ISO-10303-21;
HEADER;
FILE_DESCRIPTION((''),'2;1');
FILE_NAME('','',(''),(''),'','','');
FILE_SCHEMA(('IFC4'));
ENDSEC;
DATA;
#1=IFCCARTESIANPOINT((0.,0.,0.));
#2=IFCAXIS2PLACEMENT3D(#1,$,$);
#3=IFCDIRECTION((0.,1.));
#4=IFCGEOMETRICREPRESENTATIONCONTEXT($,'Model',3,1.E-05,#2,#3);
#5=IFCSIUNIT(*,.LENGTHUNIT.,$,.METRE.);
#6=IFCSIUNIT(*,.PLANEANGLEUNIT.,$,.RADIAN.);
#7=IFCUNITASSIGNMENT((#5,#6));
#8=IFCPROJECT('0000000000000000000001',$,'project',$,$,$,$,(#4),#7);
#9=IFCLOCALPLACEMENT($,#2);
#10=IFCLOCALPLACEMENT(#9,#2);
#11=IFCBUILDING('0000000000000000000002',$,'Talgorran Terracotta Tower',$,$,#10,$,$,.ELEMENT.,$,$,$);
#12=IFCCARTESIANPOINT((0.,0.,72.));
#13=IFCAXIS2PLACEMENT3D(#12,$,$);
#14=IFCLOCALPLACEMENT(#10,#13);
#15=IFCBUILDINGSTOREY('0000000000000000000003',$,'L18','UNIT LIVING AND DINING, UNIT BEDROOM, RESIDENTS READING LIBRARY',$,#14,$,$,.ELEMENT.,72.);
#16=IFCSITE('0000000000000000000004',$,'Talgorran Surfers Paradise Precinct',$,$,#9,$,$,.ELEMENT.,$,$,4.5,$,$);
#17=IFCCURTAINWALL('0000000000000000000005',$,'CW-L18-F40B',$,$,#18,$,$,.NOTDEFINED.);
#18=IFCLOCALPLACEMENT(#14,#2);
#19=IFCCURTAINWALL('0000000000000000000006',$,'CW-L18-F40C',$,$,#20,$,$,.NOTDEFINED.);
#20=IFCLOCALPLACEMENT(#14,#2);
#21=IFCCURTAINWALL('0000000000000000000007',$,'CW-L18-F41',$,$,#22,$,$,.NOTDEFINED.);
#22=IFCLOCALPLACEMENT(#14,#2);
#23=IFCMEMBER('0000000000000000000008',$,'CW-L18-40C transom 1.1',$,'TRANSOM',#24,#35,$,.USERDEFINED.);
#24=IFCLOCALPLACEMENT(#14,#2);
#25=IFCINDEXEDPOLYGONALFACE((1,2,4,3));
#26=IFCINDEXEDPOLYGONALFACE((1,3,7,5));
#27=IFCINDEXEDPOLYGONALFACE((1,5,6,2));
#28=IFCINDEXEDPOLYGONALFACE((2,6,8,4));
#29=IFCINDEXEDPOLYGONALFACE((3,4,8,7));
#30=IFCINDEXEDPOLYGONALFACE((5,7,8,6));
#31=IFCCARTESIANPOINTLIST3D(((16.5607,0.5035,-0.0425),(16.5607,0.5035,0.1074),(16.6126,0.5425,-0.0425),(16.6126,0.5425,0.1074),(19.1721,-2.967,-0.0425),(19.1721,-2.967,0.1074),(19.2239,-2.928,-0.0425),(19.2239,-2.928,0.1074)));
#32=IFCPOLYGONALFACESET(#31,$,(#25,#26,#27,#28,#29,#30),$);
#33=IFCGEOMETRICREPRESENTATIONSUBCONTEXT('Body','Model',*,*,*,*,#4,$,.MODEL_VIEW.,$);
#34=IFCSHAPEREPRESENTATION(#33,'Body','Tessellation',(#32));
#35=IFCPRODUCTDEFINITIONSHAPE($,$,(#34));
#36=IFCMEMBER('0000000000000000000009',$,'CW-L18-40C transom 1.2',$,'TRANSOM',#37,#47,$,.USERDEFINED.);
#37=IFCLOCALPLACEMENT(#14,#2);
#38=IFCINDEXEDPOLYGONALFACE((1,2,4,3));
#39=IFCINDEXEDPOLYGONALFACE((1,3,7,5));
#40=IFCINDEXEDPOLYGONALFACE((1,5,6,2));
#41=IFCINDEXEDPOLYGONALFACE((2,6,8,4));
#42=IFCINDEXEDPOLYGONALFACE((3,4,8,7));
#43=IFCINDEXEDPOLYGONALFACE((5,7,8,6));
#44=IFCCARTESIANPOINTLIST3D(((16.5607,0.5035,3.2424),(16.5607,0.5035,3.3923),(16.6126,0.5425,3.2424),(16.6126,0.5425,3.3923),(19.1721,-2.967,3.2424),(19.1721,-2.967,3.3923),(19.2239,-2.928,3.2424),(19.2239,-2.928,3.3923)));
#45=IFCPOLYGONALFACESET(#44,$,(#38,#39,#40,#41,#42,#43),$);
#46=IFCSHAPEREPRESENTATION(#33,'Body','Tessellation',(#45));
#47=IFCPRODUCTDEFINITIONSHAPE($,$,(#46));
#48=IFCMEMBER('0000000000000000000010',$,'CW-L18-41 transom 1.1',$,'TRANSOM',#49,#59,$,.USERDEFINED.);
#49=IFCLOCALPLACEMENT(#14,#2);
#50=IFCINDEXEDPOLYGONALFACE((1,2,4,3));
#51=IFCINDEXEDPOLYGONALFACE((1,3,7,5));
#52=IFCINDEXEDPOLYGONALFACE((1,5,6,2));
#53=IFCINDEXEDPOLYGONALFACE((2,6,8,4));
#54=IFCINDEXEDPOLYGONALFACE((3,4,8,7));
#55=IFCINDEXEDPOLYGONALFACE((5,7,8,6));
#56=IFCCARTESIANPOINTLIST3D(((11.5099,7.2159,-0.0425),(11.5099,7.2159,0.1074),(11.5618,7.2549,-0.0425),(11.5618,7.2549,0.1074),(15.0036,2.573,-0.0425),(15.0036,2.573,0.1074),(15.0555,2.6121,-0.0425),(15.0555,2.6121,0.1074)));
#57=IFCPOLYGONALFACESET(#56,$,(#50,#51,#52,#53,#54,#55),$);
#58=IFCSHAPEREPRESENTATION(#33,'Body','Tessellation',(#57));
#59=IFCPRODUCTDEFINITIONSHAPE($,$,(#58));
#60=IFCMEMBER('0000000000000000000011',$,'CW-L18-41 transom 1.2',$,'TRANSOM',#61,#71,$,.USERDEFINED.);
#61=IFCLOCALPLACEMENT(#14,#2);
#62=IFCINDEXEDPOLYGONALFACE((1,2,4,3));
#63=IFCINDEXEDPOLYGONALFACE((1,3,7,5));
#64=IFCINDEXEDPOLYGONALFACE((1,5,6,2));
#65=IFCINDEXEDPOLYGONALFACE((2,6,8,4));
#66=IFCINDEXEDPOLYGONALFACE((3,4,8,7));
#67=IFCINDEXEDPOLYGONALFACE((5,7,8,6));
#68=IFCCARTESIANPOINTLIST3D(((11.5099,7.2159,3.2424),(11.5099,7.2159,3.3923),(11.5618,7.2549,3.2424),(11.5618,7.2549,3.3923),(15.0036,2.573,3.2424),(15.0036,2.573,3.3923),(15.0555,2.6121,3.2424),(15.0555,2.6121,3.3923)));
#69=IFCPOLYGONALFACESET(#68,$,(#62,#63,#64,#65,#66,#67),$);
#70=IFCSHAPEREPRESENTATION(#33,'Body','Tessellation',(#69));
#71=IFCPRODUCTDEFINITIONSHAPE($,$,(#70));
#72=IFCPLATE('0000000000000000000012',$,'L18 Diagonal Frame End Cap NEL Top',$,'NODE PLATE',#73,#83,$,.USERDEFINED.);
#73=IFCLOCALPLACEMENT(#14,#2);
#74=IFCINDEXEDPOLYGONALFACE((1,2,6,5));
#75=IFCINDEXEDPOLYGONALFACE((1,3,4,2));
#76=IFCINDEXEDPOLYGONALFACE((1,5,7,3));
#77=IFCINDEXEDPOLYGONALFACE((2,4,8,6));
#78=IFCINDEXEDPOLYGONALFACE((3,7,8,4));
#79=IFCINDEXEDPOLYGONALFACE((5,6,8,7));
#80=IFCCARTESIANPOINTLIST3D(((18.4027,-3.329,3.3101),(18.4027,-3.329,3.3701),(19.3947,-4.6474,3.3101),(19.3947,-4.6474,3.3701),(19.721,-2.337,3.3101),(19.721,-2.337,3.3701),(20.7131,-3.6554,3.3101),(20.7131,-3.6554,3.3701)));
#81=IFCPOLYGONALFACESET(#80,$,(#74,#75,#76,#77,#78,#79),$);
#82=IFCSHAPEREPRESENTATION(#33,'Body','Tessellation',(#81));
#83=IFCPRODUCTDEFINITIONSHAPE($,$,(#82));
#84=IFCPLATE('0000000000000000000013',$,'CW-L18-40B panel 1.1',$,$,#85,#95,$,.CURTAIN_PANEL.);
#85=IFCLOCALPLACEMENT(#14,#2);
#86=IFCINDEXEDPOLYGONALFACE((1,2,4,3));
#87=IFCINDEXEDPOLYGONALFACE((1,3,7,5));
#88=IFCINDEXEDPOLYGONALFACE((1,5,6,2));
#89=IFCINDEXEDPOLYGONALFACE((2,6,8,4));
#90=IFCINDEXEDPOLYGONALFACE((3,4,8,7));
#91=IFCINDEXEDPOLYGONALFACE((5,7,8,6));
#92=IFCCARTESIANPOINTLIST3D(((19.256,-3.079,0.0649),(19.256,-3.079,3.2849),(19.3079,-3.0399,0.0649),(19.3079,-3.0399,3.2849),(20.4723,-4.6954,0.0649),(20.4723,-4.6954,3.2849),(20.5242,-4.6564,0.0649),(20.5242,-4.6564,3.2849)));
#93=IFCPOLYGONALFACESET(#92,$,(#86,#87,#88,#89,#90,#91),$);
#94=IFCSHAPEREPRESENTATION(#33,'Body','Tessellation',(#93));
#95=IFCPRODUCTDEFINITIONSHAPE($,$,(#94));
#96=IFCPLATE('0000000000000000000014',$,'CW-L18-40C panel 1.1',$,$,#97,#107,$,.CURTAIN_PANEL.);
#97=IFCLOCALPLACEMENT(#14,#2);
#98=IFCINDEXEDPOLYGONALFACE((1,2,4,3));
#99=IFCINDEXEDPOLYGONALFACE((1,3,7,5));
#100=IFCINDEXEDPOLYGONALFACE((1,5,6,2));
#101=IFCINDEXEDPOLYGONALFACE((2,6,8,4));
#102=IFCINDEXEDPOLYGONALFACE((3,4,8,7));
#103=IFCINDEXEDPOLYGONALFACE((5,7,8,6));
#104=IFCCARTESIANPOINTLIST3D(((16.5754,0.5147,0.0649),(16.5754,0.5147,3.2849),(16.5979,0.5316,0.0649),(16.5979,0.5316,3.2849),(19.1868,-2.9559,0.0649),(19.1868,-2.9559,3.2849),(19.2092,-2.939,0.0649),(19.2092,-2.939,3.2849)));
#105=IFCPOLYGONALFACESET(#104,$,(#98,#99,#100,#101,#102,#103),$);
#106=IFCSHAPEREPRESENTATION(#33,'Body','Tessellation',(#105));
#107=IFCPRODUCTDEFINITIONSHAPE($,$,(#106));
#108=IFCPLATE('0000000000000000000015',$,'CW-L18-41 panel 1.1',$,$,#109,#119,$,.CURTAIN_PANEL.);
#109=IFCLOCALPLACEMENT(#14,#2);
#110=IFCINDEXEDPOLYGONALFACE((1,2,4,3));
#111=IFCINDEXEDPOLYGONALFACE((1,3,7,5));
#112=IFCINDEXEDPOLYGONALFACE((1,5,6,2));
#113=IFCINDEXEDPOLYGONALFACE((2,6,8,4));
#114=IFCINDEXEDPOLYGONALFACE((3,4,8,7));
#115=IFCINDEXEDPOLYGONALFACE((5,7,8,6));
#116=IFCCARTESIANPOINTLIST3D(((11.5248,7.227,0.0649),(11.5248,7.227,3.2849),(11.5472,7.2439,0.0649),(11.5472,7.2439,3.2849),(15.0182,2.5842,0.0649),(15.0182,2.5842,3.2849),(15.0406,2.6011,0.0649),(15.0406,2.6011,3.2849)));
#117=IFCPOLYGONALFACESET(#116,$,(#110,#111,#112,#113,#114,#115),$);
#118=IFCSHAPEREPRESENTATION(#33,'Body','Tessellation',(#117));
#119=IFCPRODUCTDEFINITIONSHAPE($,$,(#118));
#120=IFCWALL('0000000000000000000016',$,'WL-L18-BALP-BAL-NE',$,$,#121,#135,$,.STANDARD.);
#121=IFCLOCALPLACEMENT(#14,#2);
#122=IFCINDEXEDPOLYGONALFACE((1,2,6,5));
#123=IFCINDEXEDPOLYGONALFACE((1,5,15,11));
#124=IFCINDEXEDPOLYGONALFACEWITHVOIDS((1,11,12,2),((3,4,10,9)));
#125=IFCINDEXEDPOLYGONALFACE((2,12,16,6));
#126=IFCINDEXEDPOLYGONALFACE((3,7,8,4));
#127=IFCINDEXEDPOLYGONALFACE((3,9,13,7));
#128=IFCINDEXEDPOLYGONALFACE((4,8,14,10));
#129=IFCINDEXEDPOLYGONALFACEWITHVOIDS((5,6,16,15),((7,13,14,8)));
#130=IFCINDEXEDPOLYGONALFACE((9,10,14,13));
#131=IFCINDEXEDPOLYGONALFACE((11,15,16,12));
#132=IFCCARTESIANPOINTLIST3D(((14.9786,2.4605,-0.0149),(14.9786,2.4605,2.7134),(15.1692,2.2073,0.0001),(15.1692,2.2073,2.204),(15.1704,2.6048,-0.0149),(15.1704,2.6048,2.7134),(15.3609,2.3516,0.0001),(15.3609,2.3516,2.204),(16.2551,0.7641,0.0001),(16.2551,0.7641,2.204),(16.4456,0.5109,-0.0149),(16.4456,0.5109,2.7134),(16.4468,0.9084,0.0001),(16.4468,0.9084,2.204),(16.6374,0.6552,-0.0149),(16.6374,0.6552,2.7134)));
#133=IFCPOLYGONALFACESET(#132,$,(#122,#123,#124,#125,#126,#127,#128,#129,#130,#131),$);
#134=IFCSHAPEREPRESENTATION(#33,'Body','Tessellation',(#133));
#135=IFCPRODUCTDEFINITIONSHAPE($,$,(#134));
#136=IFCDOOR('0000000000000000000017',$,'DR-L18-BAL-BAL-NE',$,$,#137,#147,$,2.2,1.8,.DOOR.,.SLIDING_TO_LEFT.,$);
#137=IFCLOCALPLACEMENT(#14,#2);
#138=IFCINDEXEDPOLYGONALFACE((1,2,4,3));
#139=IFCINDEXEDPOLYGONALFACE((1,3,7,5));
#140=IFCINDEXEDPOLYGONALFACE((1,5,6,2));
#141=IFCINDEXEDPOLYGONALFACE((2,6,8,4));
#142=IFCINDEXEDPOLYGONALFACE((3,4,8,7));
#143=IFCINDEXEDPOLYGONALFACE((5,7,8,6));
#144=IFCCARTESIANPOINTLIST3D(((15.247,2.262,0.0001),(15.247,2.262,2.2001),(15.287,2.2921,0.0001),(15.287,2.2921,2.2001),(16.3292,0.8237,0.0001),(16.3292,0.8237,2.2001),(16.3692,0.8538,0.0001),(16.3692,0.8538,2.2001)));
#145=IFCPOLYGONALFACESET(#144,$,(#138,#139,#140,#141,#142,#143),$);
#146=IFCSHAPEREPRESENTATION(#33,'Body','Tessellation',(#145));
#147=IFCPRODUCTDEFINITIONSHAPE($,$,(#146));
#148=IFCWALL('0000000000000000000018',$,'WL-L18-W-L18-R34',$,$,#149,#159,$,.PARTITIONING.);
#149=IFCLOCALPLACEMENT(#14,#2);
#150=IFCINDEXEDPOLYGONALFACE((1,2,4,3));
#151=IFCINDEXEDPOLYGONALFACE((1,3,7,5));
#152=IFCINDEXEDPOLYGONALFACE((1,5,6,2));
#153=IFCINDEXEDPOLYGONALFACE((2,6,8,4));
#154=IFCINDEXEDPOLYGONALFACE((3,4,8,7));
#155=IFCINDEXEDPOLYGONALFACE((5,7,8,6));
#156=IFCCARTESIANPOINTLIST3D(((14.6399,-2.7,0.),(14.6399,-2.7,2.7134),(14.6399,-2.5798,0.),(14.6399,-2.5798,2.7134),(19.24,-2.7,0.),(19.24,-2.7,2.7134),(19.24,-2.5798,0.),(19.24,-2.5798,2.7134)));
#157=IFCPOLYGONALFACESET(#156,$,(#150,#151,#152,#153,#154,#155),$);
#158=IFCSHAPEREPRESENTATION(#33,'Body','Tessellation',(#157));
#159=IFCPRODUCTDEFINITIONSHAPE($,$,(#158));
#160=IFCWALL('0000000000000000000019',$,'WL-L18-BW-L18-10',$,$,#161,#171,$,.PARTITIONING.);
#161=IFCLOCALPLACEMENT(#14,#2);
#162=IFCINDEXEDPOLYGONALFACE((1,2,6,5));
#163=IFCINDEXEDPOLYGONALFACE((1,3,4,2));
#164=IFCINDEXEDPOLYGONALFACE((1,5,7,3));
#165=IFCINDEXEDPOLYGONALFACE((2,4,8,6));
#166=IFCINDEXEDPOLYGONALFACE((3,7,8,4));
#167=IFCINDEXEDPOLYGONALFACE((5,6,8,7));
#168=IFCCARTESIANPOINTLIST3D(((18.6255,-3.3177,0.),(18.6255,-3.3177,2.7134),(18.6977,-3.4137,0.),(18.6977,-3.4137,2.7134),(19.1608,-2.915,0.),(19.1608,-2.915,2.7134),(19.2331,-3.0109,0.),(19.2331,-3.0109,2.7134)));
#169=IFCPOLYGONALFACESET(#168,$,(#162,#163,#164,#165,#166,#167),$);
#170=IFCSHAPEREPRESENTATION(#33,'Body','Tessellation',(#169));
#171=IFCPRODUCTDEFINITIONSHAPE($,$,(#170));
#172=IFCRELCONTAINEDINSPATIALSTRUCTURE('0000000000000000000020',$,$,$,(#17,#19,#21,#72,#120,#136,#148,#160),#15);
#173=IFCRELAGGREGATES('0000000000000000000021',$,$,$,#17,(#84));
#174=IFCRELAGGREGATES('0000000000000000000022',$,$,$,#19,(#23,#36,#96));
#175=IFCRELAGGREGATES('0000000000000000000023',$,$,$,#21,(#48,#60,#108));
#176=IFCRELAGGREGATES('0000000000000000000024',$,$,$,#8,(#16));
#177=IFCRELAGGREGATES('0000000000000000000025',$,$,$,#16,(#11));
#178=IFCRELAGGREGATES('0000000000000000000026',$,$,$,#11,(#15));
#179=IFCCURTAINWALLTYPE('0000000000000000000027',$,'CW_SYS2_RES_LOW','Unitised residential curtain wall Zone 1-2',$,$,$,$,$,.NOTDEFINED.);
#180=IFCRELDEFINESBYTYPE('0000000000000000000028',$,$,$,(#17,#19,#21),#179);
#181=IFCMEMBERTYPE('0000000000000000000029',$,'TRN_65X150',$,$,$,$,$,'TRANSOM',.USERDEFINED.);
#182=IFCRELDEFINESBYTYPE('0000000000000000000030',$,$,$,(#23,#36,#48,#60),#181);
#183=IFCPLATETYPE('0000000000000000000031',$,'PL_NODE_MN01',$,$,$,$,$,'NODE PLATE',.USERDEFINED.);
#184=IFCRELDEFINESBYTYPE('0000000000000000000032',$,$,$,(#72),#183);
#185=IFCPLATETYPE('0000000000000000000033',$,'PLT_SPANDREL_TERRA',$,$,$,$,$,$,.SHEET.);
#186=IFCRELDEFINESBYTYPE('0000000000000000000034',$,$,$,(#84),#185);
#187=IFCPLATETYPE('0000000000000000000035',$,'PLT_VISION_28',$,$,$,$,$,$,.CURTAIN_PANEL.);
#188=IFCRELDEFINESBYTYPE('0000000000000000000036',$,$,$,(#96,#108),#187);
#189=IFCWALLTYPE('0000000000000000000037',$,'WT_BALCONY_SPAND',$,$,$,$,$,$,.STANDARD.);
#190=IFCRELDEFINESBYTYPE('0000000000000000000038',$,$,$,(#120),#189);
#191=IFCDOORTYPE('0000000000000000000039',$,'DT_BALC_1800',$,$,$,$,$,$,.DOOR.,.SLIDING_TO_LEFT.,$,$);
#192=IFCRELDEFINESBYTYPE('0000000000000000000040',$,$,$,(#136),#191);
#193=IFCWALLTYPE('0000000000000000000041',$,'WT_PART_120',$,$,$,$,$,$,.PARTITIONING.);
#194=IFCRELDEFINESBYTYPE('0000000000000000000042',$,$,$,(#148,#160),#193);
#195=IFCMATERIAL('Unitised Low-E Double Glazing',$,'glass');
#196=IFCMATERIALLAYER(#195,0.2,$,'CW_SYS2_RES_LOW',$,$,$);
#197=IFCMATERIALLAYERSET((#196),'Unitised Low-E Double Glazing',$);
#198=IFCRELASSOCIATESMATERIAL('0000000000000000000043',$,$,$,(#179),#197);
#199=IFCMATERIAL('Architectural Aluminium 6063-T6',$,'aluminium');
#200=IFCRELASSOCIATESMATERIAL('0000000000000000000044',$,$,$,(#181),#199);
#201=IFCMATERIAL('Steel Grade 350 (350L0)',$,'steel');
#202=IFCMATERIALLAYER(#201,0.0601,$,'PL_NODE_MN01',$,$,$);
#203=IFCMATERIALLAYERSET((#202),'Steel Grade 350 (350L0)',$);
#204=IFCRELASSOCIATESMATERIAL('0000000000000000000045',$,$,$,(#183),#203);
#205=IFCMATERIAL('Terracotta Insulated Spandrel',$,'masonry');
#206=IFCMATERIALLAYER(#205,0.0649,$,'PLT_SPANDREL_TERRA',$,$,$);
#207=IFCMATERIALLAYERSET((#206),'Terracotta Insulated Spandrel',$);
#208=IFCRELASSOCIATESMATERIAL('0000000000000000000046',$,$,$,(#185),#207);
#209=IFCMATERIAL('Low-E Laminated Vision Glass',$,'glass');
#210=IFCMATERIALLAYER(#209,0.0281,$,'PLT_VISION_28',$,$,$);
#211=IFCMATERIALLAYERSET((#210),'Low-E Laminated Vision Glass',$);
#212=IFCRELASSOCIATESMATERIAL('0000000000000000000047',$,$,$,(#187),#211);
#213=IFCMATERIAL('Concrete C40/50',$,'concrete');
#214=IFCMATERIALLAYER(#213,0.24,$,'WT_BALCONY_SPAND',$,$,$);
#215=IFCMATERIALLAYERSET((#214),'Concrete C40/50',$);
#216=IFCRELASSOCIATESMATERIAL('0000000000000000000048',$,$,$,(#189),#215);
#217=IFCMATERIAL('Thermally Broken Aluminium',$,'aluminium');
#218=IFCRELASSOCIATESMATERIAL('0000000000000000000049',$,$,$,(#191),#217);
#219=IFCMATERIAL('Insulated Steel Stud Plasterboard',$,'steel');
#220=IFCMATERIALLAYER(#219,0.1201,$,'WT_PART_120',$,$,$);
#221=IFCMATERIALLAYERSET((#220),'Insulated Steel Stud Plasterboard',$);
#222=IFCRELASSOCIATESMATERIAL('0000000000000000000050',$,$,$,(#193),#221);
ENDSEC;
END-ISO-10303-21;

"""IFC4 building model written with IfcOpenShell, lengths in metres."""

from ifc_helpers import new_model, si_unit, direction, frame, frame_2d, origin, origin_2d, place, context, subcontext, project, spatial, rectangle, extrude, source, transform, mapped, material, layer, layer_set, material_profile, profile_set, type_object, type_shapes, element, fill, aggregate, save


model = new_model("IFC4")

# Units and contexts
model_context = context("Model", 3, precision=1e-05, world=origin(), true_north=direction((0.0, 1.0)))
body_context = subcontext(model_context, "Body", "Model", "MODEL_VIEW")
ifc_project = project(units=[si_unit("LENGTHUNIT", "METRE"), si_unit("PLANEANGLEUNIT", "RADIAN")], contexts=[model_context])

# Site, building, storey
site_placement = place(None, origin())
site = spatial("IfcSite", under=ifc_project, at=site_placement, Name="Talgorran Surfers Paradise Precinct", CompositionType="ELEMENT", RefElevation=4.5)
building_placement = place(site_placement, origin())
building = spatial("IfcBuilding", under=site, at=building_placement, Name="Talgorran Terracotta Tower", CompositionType="ELEMENT")
storey_placement = place(building_placement, frame((0.0, 0.0, 72.0)))
storey = spatial("IfcBuildingStorey", under=building, at=storey_placement, Name="L18", Description="UNIT LIVING AND DINING, UNIT BEDROOM, RESIDENTS READING LIBRARY", CompositionType="ELEMENT", Elevation=72.0)

# Shared definitions
ifc_material_1 = material(Name="Steel Grade 350 (350L0)", Category="steel")

# Curtain wall
ifc_material_2 = material(Name="Unitised Low-E Double Glazing", Category="glass")
ifc_layer_1 = layer(ifc_material_2, 0.2, Name="CW_SYS2_RES_LOW")
ifc_layer_set_1 = layer_set([ifc_layer_1], Name="Unitised Low-E Double Glazing")
curtain_wall_type = type_object("IfcCurtainWallType", Name="CW_SYS2_RES_LOW", Description="Unitised residential curtain wall Zone 1-2", PredefinedType="NOTDEFINED", material=ifc_layer_set_1)
curtain_wall_1_placement = place(storey_placement, origin())
curtain_wall_1 = element("IfcCurtainWall", 1, at=curtain_wall_1_placement, inside=storey, type_object=curtain_wall_type, Name="CW-L18-F40B", PredefinedType="NOTDEFINED")
ifc_material_3 = material(Name="Architectural Aluminium 6063-T6", Category="aluminium")

# Curtain wall
curtain_wall_2_placement = place(storey_placement, origin())
curtain_wall_2 = element("IfcCurtainWall", 2, at=curtain_wall_2_placement, inside=storey, type_object=curtain_wall_type, Name="CW-L18-F40C", PredefinedType="NOTDEFINED")

# Curtain wall
curtain_wall_3_placement = place(storey_placement, origin())
curtain_wall_3 = element("IfcCurtainWall", 3, at=curtain_wall_3_placement, inside=storey, type_object=curtain_wall_type, Name="CW-L18-F41", PredefinedType="NOTDEFINED")

# Members
ifc_material_profile_1 = material_profile(ifc_material_3, rectangle(XDim=0.0649, YDim=0.1499, at=origin_2d()), Name="CWT65X150")
ifc_profile_set_1 = profile_set([ifc_material_profile_1], Name="Architectural Aluminium 6063-T6")
member_type_1 = type_object("IfcMemberType", Name="TRN_65X150", ElementType="TRANSOM", PredefinedType="USERDEFINED", material=ifc_profile_set_1)
member_1_placement = place(storey_placement, frame((19.198, -2.9475, 0.0325), z_axis=(-0.601249, 0.799061, 0.0), x_axis=(-0.799061, -0.601249, 0.0)))
member_1 = element("IfcMember", 4, at=member_1_placement, type_object=member_type_1, Name="CW-L18-40C transom 1.1", ObjectType="TRANSOM", PredefinedType="USERDEFINED", context=body_context, shape_type="SweptSolid", body=[
    extrude(rectangle(XDim=0.0649, YDim=0.1499, at=origin_2d()), origin(), (0.0, 0.0, 1.0), 4.3433),
])
member_2_placement = place(storey_placement, frame((19.198, -2.9475, 3.3174), z_axis=(-0.601249, 0.799061, 0.0), x_axis=(-0.799061, -0.601249, 0.0)))
member_2 = element("IfcMember", 5, at=member_2_placement, type_object=member_type_1, Name="CW-L18-40C transom 1.2", ObjectType="TRANSOM", PredefinedType="USERDEFINED", context=body_context, shape_type="SweptSolid", body=[
    extrude(rectangle(XDim=0.0649, YDim=0.1499, at=origin_2d()), origin(), (0.0, 0.0, 1.0), 4.3433),
])
member_3_placement = place(storey_placement, frame((15.0295, 2.5925, 0.0325), z_axis=(-0.60127, 0.799046, 0.0), x_axis=(-0.799046, -0.60127, 0.0)))
member_3 = element("IfcMember", 6, at=member_3_placement, type_object=member_type_1, Name="CW-L18-41 transom 1.1", ObjectType="TRANSOM", PredefinedType="USERDEFINED", context=body_context, shape_type="SweptSolid", body=[
    extrude(rectangle(XDim=0.0649, YDim=0.1499, at=origin_2d()), origin(), (0.0, 0.0, 1.0), 5.8105),
])
member_4_placement = place(storey_placement, frame((15.0295, 2.5925, 3.3174), z_axis=(-0.60127, 0.799046, 0.0), x_axis=(-0.799046, -0.60127, 0.0)))
member_4 = element("IfcMember", 7, at=member_4_placement, type_object=member_type_1, Name="CW-L18-41 transom 1.2", ObjectType="TRANSOM", PredefinedType="USERDEFINED", context=body_context, shape_type="SweptSolid", body=[
    extrude(rectangle(XDim=0.0649, YDim=0.1499, at=origin_2d()), origin(), (0.0, 0.0, 1.0), 5.8105),
])

# Plates
ifc_layer_2 = layer(ifc_material_1, 0.0601, Name="PL_NODE_MN01")
ifc_layer_set_2 = layer_set([ifc_layer_2], Name="Steel Grade 350 (350L0)")
plate_type_1 = type_object("IfcPlateType", Name="PL_NODE_MN01", ElementType="NODE PLATE", PredefinedType="USERDEFINED", material=ifc_layer_set_2)
plate_1_placement = place(storey_placement, frame((19.5579, -3.4922, 3.3101), z_axis=(0.0, 0.0, 1.0), x_axis=(-0.601257, 0.799055, 0.0)))
element("IfcPlate", 8, at=plate_1_placement, inside=storey, type_object=plate_type_1, Name="L18 Diagonal Frame End Cap NEL Top", ObjectType="NODE PLATE", PredefinedType="USERDEFINED", context=body_context, shape_type="SweptSolid", body=[
    extrude(rectangle(XDim=1.6499, YDim=1.6499, at=origin_2d()), origin(), (0.0, 0.0, 1.0), 0.0601),
])
ifc_material_4 = material(Name="Terracotta Insulated Spandrel", Category="masonry")
ifc_layer_3 = layer(ifc_material_4, 0.0649, Name="PLT_SPANDREL_TERRA")
ifc_layer_set_3 = layer_set([ifc_layer_3], Name="Terracotta Insulated Spandrel")
plate_type_2 = type_object("IfcPlateType", Name="PLT_SPANDREL_TERRA", PredefinedType="SHEET", material=ifc_layer_set_3)
shared_shape_1 = source(origin(), body_context, "Body", "SweptSolid", [
    extrude(rectangle(XDim=2.0229, YDim=0.0649, at=origin_2d()), origin(), (0.0, 0.0, 1.0), 3.22),
])
type_shapes(plate_type_2, [shared_shape_1])
plate_2_placement = place(storey_placement, frame((19.8901, -3.8677, 0.0649), z_axis=(0.0, 0.0, 1.0), x_axis=(-0.601248, 0.799063, 0.0)))
plate_2 = element("IfcPlate", 9, at=plate_2_placement, type_object=plate_type_2, Name="CW-L18-40B panel 1.1", PredefinedType="CURTAIN_PANEL", context=body_context, shape_type="MappedRepresentation", body=[
    mapped(shared_shape_1, transform((0.0, 0.0, 0.0), scale=1.0)),
])
aggregate(curtain_wall_1, [plate_2])
ifc_material_5 = material(Name="Low-E Laminated Vision Glass", Category="glass")
ifc_layer_4 = layer(ifc_material_5, 0.0281, Name="PLT_VISION_28")
ifc_layer_set_4 = layer_set([ifc_layer_4], Name="Low-E Laminated Vision Glass")
plate_type_3 = type_object("IfcPlateType", Name="PLT_VISION_28", PredefinedType="CURTAIN_PANEL", material=ifc_layer_set_4)
shared_shape_2 = source(origin(), body_context, "Body", "SweptSolid", [
    extrude(rectangle(XDim=4.3433, YDim=0.0281, at=origin_2d()), origin(), (0.0, 0.0, 1.0), 3.22),
])
plate_3_placement = place(storey_placement, frame((17.8923, -1.2122, 0.0649), z_axis=(0.0, 0.0, 1.0), x_axis=(-0.601244, 0.799065, 0.0)))
plate_3 = element("IfcPlate", 10, at=plate_3_placement, type_object=plate_type_3, Name="CW-L18-40C panel 1.1", PredefinedType="CURTAIN_PANEL", context=body_context, shape_type="MappedRepresentation", body=[
    mapped(shared_shape_2, transform((0.0, 0.0, 0.0), scale=1.0)),
])
aggregate(curtain_wall_2, [member_1, member_2, plate_3])
shared_shape_3 = source(origin(), body_context, "Body", "SweptSolid", [
    extrude(rectangle(XDim=5.8103, YDim=0.0281, at=origin_2d()), origin(), (0.0, 0.0, 1.0), 3.22),
])
type_shapes(plate_type_3, [shared_shape_2, shared_shape_3])
plate_4_placement = place(storey_placement, frame((13.2827, 4.9141, 0.0649), z_axis=(0.0, 0.0, 1.0), x_axis=(-0.601246, 0.799064, 0.0)))
plate_4 = element("IfcPlate", 11, at=plate_4_placement, type_object=plate_type_3, Name="CW-L18-41 panel 1.1", PredefinedType="CURTAIN_PANEL", context=body_context, shape_type="MappedRepresentation", body=[
    mapped(shared_shape_3, transform((0.0, 0.0, 0.0), scale=1.0)),
])
aggregate(curtain_wall_3, [member_3, member_4, plate_4])

# Wall, opening, door
ifc_material_6 = material(Name="Concrete C40/50", Category="concrete")
ifc_layer_5 = layer(ifc_material_6, 0.24, Name="WT_BALCONY_SPAND")
ifc_layer_set_5 = layer_set([ifc_layer_5], Name="Concrete C40/50")
wall_type_1 = type_object("IfcWallType", Name="WT_BALCONY_SPAND", PredefinedType="STANDARD", material=ifc_layer_set_5)
wall_1_placement = place(storey_placement, frame((16.5415, 0.583, -0.0149), z_axis=(0.0, 0.0, 1.0), x_axis=(-0.601248, 0.799062, 0.0)))
wall_1 = element("IfcWall", 12, at=wall_1_placement, inside=storey, type_object=wall_type_1, Name="WL-L18-BALP-BAL-NE", PredefinedType="STANDARD", context=body_context, shape_type="SweptSolid", body=[
    extrude(rectangle(XDim=2.4399, YDim=0.24, at=frame_2d((1.22, 0.0))), origin(), (0.0, 0.0, 1.0), 2.7283),
])
opening_placement = place(wall_1_placement, frame((0.3201, 0.0, 0.0149)))
opening = element("IfcOpeningElement", 13, at=opening_placement, cuts=wall_1, PredefinedType="OPENING", context=body_context, shape_type="SweptSolid", body=[
    extrude(rectangle(XDim=1.806, YDim=2.204, at=frame_2d((0.8999, 1.1021))), frame((0.0, 0.1299, 0.0), z_axis=(0.0, -1.0, 0.0), x_axis=(1.0, 0.0, 0.0)), (0.0, 0.0, 1.0), 0.26),
])
ifc_material_7 = material(Name="Thermally Broken Aluminium", Category="aluminium")
door_type = type_object("IfcDoorType", Name="DT_BALC_1800", OperationType="SLIDING_TO_LEFT", PredefinedType="DOOR", material=ifc_material_7)
door_placement = place(opening_placement, origin())
door = element("IfcDoor", 14, at=door_placement, inside=storey, type_object=door_type, Name="DR-L18-BAL-BAL-NE", OperationType="SLIDING_TO_LEFT", OverallHeight=2.2, OverallWidth=1.8, PredefinedType="DOOR", context=body_context, shape_type="SweptSolid", body=[
    extrude(rectangle(XDim=1.8, YDim=2.2, at=frame_2d((0.8999, 1.1001))), frame((0.0, 0.0249, 0.0), z_axis=(0.0, -1.0, 0.0), x_axis=(1.0, 0.0, 0.0)), (0.0, 0.0, 1.0), 0.05),
])
fill(opening, door)

# Walls
ifc_material_8 = material(Name="Insulated Steel Stud Plasterboard", Category="steel")
ifc_layer_6 = layer(ifc_material_8, 0.1201, Name="WT_PART_120")
ifc_layer_set_6 = layer_set([ifc_layer_6], Name="Insulated Steel Stud Plasterboard")
wall_type_2 = type_object("IfcWallType", Name="WT_PART_120", PredefinedType="PARTITIONING", material=ifc_layer_set_6)
wall_2_placement = place(storey_placement, frame((14.6399, -2.6399, 0.0), z_axis=(0.0, 0.0, 1.0), x_axis=(1.0, 0.0, 0.0)))
element("IfcWall", 15, at=wall_2_placement, inside=storey, type_object=wall_type_2, Name="WL-L18-W-L18-R34", PredefinedType="PARTITIONING", context=body_context, shape_type="SweptSolid", body=[
    extrude(rectangle(XDim=4.6001, YDim=0.1201, at=frame_2d((2.3, 0.0))), origin(), (0.0, 0.0, 1.0), 2.7134),
])
wall_3_placement = place(storey_placement, frame((18.6616, -3.3657, 0.0), z_axis=(0.0, 0.0, 1.0), x_axis=(0.799081, 0.601224, 0.0)))
element("IfcWall", 16, at=wall_3_placement, inside=storey, type_object=wall_type_2, Name="WL-L18-BW-L18-10", PredefinedType="PARTITIONING", context=body_context, shape_type="SweptSolid", body=[
    extrude(rectangle(XDim=0.6699, YDim=0.1201, at=frame_2d((0.335, 0.0))), origin(), (0.0, 0.0, 1.0), 2.7134),
])

save(model, "model.ifc")
